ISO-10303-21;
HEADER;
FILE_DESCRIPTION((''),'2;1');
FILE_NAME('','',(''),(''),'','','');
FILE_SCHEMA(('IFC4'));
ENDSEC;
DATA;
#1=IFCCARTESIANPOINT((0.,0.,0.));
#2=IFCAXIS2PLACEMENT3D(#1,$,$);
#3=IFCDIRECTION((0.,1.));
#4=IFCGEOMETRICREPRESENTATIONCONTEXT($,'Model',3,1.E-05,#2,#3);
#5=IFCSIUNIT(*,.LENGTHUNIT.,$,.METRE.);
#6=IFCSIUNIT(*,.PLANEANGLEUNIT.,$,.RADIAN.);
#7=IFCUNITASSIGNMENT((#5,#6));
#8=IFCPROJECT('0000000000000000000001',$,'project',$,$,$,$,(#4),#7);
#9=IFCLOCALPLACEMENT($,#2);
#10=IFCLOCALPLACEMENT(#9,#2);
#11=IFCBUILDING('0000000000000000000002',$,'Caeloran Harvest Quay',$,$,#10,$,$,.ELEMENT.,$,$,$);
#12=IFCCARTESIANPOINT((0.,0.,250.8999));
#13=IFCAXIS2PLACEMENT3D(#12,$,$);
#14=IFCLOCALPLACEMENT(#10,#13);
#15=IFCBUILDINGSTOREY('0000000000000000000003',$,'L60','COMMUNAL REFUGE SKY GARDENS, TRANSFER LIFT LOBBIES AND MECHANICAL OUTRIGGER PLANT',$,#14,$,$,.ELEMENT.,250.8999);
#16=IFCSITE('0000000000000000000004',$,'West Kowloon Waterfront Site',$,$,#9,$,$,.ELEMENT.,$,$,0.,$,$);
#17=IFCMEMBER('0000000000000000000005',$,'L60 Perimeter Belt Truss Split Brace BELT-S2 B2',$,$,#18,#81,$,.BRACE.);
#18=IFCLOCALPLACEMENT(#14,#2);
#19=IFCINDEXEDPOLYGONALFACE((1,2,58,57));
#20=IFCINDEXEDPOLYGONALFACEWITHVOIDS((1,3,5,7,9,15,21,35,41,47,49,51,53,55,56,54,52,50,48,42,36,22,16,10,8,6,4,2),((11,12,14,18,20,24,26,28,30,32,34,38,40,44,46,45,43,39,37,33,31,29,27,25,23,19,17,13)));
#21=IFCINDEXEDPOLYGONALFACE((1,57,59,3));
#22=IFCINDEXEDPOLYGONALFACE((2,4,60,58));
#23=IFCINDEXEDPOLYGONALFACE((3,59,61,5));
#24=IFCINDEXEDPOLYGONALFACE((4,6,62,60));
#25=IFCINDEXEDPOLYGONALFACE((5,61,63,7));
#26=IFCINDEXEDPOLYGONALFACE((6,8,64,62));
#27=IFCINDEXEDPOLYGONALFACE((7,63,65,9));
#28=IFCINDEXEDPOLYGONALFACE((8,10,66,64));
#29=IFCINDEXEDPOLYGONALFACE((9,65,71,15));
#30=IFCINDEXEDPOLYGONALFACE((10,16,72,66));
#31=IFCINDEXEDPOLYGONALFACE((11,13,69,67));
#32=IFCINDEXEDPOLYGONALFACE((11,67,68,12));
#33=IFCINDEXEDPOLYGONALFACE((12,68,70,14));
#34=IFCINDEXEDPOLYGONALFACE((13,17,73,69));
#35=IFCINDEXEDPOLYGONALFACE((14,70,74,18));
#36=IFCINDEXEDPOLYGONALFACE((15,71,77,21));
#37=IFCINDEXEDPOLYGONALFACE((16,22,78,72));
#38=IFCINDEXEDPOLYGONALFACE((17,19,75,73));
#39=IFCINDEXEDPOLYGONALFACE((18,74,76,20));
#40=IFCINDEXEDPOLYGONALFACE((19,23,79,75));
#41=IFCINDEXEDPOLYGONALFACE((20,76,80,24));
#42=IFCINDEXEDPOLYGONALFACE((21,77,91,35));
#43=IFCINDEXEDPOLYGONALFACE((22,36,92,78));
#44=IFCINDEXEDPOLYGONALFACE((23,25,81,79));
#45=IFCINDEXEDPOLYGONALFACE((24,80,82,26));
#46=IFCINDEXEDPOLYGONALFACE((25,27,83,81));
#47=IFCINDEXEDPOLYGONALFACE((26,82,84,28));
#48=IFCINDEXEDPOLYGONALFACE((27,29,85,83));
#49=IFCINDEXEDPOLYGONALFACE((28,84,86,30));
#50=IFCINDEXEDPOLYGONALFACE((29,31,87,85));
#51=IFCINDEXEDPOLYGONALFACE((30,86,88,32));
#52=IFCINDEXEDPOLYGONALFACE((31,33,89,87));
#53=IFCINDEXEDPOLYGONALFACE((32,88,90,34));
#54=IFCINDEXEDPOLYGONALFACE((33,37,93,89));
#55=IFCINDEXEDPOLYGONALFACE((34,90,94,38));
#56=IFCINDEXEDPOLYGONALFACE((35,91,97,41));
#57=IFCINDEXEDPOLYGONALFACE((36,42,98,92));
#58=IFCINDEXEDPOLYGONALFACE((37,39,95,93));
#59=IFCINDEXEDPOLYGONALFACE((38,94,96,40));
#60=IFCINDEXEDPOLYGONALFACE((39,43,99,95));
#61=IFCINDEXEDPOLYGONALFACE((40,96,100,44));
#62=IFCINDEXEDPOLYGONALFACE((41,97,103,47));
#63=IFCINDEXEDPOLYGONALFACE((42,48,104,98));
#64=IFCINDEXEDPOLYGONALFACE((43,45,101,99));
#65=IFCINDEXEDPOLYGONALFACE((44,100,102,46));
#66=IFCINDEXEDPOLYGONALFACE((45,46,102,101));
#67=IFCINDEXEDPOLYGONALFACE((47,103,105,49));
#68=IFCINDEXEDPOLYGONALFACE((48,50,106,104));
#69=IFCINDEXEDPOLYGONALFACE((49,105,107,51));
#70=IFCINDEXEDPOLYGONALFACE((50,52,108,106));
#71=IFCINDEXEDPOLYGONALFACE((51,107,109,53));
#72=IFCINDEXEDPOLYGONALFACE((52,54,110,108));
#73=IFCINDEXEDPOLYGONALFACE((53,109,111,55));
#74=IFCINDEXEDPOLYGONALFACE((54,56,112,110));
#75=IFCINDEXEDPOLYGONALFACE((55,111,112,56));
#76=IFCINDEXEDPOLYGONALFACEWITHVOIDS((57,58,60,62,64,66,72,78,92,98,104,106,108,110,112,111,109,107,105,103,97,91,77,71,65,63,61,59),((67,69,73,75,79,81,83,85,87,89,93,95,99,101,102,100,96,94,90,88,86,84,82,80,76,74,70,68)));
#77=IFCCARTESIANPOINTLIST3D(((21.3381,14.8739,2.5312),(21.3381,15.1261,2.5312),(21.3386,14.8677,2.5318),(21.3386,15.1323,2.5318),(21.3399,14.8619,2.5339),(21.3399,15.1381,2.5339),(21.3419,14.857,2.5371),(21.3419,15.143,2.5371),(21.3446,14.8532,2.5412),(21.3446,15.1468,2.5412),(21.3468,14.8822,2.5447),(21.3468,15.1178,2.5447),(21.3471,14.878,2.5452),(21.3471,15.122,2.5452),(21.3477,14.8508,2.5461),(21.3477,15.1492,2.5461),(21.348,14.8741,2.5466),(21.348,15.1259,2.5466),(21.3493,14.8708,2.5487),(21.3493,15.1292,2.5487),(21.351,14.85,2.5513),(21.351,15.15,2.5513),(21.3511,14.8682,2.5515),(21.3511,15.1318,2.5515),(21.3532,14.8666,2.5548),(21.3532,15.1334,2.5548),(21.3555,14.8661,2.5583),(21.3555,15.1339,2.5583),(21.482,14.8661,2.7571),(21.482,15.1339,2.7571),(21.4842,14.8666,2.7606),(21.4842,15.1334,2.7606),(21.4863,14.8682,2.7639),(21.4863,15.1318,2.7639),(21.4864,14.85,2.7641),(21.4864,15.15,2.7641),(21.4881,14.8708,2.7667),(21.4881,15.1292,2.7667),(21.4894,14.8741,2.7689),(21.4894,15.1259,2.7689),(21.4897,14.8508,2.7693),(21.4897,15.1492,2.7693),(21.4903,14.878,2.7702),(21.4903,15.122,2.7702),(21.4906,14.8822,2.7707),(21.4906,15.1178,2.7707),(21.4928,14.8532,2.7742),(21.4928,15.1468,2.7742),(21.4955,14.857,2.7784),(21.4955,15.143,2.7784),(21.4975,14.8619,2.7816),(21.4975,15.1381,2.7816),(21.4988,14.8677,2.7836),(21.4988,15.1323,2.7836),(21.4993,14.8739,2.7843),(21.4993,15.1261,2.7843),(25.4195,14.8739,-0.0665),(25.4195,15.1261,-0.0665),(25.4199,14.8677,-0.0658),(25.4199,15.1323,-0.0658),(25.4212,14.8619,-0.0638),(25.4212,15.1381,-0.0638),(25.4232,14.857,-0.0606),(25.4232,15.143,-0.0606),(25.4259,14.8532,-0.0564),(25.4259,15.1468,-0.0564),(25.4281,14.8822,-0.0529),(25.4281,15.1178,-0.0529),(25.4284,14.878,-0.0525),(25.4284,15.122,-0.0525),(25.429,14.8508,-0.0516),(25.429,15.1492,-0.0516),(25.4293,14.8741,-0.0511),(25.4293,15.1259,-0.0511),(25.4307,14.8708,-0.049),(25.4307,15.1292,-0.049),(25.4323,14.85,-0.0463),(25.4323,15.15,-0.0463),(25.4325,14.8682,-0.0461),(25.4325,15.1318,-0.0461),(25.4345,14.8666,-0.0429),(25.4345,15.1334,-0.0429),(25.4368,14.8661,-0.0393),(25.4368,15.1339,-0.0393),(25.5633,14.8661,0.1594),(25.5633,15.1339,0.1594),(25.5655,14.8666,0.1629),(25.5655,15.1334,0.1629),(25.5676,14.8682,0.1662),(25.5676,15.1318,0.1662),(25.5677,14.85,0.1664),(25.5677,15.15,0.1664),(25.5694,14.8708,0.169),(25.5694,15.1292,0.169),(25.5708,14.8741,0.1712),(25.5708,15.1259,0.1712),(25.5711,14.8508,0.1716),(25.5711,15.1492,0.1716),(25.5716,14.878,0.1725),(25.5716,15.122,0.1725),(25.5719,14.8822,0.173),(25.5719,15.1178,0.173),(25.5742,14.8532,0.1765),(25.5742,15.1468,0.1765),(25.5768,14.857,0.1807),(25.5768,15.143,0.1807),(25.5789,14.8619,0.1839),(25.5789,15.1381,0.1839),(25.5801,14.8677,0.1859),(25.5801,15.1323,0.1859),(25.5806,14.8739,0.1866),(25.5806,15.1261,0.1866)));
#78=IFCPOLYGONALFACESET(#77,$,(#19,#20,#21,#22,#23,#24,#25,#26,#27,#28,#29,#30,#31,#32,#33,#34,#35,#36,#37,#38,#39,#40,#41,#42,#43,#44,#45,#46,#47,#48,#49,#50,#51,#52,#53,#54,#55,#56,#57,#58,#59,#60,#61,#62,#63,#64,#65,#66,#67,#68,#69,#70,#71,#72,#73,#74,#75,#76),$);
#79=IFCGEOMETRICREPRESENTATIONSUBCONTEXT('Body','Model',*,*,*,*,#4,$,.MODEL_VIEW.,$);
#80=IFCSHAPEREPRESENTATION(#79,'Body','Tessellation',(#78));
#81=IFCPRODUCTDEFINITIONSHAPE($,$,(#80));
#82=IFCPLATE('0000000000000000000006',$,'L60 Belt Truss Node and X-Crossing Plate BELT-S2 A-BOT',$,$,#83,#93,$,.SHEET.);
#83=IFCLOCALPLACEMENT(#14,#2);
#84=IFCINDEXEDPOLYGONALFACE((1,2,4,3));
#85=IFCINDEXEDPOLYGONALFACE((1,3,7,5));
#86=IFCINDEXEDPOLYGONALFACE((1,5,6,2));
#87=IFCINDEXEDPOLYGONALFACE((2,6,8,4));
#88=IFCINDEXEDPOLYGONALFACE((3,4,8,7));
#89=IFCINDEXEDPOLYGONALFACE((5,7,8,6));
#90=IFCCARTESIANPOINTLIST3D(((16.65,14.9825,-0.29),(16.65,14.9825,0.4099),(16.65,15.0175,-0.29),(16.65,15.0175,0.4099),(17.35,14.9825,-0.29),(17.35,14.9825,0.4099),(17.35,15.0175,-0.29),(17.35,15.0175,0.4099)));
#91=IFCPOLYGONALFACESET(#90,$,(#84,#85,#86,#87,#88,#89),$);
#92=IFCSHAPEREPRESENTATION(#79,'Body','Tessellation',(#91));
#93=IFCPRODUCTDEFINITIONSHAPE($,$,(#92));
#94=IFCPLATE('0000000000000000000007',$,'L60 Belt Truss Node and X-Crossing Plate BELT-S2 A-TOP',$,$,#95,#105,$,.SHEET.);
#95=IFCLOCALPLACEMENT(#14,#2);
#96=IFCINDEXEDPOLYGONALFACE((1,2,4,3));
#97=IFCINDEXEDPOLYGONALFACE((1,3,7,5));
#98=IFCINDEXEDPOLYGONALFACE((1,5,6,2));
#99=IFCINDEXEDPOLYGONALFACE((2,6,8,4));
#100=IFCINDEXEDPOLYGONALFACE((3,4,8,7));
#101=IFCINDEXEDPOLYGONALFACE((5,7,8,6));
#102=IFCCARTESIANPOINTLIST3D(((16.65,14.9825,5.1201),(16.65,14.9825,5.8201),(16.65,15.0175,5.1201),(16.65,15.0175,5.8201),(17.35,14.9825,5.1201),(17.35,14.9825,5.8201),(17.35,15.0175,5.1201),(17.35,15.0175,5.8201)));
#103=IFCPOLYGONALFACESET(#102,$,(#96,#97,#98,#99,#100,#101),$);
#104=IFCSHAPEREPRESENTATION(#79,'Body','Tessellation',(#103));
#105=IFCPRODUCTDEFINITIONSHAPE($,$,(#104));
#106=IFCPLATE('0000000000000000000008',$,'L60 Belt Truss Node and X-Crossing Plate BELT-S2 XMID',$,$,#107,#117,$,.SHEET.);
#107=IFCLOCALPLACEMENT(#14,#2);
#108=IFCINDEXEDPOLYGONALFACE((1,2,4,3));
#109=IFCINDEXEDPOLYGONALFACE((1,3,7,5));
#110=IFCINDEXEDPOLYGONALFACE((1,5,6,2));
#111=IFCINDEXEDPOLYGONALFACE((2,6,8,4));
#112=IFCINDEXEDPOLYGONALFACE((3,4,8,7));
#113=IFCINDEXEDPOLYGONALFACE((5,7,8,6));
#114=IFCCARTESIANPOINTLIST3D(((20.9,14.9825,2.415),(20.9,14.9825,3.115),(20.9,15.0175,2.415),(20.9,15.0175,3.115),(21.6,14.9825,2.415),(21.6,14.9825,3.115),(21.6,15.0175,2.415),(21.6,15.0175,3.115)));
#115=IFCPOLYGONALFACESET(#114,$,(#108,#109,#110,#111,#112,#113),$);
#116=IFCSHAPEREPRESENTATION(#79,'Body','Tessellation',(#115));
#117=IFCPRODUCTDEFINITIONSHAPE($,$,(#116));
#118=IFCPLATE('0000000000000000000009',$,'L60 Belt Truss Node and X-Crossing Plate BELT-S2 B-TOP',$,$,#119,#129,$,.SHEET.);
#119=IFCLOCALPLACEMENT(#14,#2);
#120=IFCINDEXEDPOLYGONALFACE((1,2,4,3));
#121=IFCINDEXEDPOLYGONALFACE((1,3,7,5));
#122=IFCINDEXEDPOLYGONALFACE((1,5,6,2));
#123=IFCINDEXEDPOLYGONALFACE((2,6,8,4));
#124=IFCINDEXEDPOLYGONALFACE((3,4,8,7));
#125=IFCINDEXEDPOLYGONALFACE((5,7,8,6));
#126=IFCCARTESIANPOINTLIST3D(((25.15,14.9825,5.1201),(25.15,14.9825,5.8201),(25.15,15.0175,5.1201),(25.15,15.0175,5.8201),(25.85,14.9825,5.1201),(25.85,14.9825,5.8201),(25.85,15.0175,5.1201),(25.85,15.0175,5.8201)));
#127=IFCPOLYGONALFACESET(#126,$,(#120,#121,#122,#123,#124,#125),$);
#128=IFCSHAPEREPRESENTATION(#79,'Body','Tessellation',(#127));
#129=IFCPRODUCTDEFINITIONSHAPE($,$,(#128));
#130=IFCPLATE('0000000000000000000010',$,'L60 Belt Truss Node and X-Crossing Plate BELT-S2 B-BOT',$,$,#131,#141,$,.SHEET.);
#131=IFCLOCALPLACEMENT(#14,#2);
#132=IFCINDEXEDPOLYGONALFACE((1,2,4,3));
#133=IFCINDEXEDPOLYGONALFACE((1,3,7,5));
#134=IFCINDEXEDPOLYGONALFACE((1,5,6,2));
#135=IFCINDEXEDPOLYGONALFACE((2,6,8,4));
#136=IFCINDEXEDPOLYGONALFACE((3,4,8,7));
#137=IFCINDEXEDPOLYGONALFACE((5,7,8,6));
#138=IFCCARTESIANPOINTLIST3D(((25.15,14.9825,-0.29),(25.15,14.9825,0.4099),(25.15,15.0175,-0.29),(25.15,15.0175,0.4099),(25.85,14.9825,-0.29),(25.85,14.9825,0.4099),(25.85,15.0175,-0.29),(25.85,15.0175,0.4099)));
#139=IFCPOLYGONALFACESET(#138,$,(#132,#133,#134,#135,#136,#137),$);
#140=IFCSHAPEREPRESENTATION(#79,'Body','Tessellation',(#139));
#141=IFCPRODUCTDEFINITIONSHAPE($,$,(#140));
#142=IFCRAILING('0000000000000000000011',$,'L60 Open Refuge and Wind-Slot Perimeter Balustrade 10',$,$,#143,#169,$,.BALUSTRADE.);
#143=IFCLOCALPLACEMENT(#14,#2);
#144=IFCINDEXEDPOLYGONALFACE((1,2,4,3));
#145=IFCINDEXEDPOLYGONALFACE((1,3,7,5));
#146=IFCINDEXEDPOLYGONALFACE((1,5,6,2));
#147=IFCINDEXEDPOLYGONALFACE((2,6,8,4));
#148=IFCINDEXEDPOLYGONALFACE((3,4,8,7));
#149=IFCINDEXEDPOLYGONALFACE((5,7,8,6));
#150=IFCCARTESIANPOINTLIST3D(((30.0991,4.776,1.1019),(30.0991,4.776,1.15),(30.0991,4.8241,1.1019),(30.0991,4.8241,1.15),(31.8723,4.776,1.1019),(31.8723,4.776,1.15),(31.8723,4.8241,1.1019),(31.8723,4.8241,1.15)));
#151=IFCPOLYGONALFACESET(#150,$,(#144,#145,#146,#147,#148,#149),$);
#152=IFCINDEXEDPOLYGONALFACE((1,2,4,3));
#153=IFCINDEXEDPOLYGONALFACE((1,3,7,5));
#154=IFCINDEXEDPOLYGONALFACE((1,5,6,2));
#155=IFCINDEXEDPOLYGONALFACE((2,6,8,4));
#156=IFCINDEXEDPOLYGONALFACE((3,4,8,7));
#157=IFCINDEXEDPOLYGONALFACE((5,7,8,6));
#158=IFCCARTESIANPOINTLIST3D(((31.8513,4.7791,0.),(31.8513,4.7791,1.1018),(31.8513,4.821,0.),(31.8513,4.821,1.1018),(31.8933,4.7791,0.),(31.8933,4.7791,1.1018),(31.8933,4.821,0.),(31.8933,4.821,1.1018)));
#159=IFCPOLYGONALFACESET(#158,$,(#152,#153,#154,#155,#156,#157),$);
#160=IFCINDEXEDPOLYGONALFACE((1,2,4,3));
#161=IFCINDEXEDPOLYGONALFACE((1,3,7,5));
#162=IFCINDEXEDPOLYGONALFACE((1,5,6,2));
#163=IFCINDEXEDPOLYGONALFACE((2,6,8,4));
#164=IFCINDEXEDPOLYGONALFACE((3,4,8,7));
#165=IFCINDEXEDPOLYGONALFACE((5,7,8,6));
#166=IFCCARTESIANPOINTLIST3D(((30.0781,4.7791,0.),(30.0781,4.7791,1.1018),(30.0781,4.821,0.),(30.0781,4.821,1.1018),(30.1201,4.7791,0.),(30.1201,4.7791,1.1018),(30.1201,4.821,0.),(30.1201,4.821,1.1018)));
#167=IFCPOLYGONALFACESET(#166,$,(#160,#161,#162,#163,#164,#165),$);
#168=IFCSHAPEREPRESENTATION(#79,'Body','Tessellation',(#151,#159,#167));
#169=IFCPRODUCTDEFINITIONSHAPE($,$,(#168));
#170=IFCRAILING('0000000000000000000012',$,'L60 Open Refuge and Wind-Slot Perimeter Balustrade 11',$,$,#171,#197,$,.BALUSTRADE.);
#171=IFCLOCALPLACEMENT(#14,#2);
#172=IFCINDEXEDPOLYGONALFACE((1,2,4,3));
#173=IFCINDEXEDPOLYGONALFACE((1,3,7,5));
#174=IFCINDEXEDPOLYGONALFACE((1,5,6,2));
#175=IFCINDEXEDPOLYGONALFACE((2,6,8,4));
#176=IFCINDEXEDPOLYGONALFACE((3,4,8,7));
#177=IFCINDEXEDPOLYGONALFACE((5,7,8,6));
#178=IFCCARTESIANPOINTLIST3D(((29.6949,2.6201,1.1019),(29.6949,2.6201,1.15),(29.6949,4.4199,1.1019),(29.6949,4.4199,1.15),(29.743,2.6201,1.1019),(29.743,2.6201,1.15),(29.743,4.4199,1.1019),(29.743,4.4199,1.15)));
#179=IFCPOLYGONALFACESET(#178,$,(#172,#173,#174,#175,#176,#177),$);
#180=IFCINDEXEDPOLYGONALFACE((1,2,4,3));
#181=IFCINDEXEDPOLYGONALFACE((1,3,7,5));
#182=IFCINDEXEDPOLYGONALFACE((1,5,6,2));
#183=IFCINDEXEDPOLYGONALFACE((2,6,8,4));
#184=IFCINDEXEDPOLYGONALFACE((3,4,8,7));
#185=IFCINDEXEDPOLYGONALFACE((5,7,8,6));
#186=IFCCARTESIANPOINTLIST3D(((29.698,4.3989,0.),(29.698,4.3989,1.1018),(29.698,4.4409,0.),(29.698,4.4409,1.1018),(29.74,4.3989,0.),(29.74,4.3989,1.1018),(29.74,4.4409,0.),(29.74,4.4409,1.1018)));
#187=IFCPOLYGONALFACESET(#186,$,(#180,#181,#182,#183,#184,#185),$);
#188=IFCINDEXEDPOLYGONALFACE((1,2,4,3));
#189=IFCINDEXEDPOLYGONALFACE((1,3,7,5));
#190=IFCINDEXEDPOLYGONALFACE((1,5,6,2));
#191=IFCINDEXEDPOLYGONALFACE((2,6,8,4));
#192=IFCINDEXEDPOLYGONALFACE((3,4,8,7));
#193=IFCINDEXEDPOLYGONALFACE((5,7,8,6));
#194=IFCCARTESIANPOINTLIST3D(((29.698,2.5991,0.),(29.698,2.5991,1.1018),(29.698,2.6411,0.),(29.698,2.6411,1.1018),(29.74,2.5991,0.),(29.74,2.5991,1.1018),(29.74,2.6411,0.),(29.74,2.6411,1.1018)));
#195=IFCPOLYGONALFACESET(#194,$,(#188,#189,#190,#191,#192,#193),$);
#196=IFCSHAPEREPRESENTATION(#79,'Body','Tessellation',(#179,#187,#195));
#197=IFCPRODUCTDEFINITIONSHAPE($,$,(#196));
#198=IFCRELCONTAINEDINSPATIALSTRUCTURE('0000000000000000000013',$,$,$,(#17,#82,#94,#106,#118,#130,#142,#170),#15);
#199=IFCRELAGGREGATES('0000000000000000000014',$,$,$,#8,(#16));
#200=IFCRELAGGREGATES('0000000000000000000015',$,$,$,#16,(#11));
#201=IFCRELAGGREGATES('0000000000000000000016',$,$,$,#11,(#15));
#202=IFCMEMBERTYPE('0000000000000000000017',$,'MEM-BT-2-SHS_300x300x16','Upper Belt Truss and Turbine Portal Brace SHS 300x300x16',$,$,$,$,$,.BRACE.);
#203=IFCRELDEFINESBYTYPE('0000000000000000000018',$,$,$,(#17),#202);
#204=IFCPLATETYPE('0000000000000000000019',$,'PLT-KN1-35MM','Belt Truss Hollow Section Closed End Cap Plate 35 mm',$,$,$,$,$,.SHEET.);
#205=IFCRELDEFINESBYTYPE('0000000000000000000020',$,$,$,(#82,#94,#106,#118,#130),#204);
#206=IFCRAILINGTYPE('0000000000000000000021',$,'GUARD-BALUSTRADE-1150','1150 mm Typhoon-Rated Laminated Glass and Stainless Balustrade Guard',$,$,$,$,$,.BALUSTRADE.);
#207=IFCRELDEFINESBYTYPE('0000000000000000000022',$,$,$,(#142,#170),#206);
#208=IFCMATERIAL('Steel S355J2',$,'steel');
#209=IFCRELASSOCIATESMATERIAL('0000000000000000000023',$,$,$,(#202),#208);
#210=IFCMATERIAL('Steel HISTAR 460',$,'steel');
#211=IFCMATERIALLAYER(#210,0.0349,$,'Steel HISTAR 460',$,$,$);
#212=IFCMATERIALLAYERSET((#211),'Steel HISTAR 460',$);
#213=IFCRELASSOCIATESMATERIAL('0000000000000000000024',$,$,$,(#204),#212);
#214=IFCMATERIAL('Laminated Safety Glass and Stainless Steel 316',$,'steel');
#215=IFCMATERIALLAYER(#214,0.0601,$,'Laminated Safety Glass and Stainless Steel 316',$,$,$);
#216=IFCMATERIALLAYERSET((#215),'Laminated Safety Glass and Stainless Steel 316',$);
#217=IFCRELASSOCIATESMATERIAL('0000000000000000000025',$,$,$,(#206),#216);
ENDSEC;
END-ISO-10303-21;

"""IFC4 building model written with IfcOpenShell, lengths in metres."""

from ifc_helpers import new_model, si_unit, direction, frame, origin, origin_2d, place, context, subcontext, project, spatial, rectangle, hollow_rectangle, extrude, material, layer, layer_set, material_profile, profile_set, type_object, element, save


model = new_model("IFC4")

# Units and contexts
model_context = context("Model", 3, precision=1e-05, world=origin(), true_north=direction((0.0, 1.0)))
body_context = subcontext(model_context, "Body", "Model", "MODEL_VIEW")
ifc_project = project(units=[si_unit("LENGTHUNIT", "METRE"), si_unit("PLANEANGLEUNIT", "RADIAN")], contexts=[model_context])

# Site, building, storey
site_placement = place(None, origin())
site = spatial("IfcSite", under=ifc_project, at=site_placement, Name="West Kowloon Waterfront Site", CompositionType="ELEMENT", RefElevation=0.0)
building_placement = place(site_placement, origin())
building = spatial("IfcBuilding", under=site, at=building_placement, Name="Caeloran Harvest Quay", CompositionType="ELEMENT")
storey_placement = place(building_placement, frame((0.0, 0.0, 250.8999)))
storey = spatial("IfcBuildingStorey", under=building, at=storey_placement, Name="L60", Description="COMMUNAL REFUGE SKY GARDENS, TRANSFER LIFT LOBBIES AND MECHANICAL OUTRIGGER PLANT", CompositionType="ELEMENT", Elevation=250.8999)

# Shared definitions
ifc_material_1 = material(Name="Steel HISTAR 460", Category="steel")

# Shared definitions
ifc_material_2 = material(Name="Steel S355J2", Category="steel")

# Member
ifc_material_profile_1 = material_profile(ifc_material_2, hollow_rectangle(XDim=0.3, YDim=0.3, WallThickness=0.0161, InnerFilletRadius=0.0161, OuterFilletRadius=0.0239, at=origin_2d()), Name="SHS 300x300x16")
ifc_profile_set_1 = profile_set([ifc_material_profile_1], Name="Steel S355J2")
member_type = type_object("IfcMemberType", Name="MEM-BT-2-SHS_300x300x16", Description="Upper Belt Truss and Turbine Portal Brace SHS 300x300x16", PredefinedType="BRACE", material=ifc_profile_set_1)
member_placement = place(storey_placement, frame((21.4187, 15.0, 2.6577), z_axis=(0.843618, 0.0, -0.536944), x_axis=(0.0, 1.0, 0.0)))
element("IfcMember", 1, at=member_placement, inside=storey, type_object=member_type, Name="L60 Perimeter Belt Truss Split Brace BELT-S2 B2", PredefinedType="BRACE", context=body_context, shape_type="SweptSolid", body=[
    extrude(hollow_rectangle(XDim=0.3, YDim=0.3, WallThickness=0.0161, InnerFilletRadius=0.0161, OuterFilletRadius=0.0239, at=origin_2d()), origin(), (0.0, 0.0, 1.0), 4.8379),
])

# Plates
ifc_layer_1 = layer(ifc_material_1, 0.0349, Name="Steel HISTAR 460")
ifc_layer_set_1 = layer_set([ifc_layer_1], Name="Steel HISTAR 460")
plate_type = type_object("IfcPlateType", Name="PLT-KN1-35MM", Description="Belt Truss Hollow Section Closed End Cap Plate 35 mm", PredefinedType="SHEET", material=ifc_layer_set_1)
for number, where, z_axis, x_axis, name in (
    (2, (17.0, 15.0, -0.29), (0.0, 0.0, 1.0), (1.0, 0.0, 0.0), "L60 Belt Truss Node and X-Crossing Plate BELT-S2 A-BOT"),
    (3, (17.0, 15.0, 5.1201), (0.0, 0.0, 1.0), (1.0, 0.0, 0.0), "L60 Belt Truss Node and X-Crossing Plate BELT-S2 A-TOP"),
    (4, (21.25, 15.0, 2.415), (0.0, 0.0, 1.0), (1.0, 0.0, 0.0), "L60 Belt Truss Node and X-Crossing Plate BELT-S2 XMID"),
    (5, (25.5, 15.0, 5.1201), (0.0, 0.0, 1.0), (1.0, 0.0, 0.0), "L60 Belt Truss Node and X-Crossing Plate BELT-S2 B-TOP"),
    (6, (25.5, 15.0, -0.29), (0.0, 0.0, 1.0), (1.0, 0.0, 0.0), "L60 Belt Truss Node and X-Crossing Plate BELT-S2 B-BOT"),
):
    element("IfcPlate", number, at=place(storey_placement, frame(where, z_axis=z_axis, x_axis=x_axis)), inside=storey, type_object=plate_type, Name=name, PredefinedType="SHEET", context=body_context, shape_type="SweptSolid", body=[
        extrude(rectangle(XDim=0.7, YDim=0.0349, at=origin_2d()), origin(), (0.0, 0.0, 1.0), 0.7),
    ])

# Railings
ifc_material_3 = material(Name="Laminated Safety Glass and Stainless Steel 316", Category="steel")
ifc_layer_2 = layer(ifc_material_3, 0.0601, Name="Laminated Safety Glass and Stainless Steel 316")
ifc_layer_set_2 = layer_set([ifc_layer_2], Name="Laminated Safety Glass and Stainless Steel 316")
railing_type = type_object("IfcRailingType", Name="GUARD-BALUSTRADE-1150", Description="1150 mm Typhoon-Rated Laminated Glass and Stainless Balustrade Guard", PredefinedType="BALUSTRADE", material=ifc_layer_set_2)
railing_1_placement = place(storey_placement, frame((31.8723, 4.8, 0.0)))
element("IfcRailing", 7, at=railing_1_placement, inside=storey, type_object=railing_type, Name="L60 Open Refuge and Wind-Slot Perimeter Balustrade 10", PredefinedType="BALUSTRADE", context=body_context, shape_type="SweptSolid", body=[
    extrude(rectangle(XDim=0.0481, YDim=0.0481, at=origin_2d()), frame((0.0, 0.0, 1.126), z_axis=(-1.0, 0.0, 0.0), x_axis=(0.0, -1.0, 0.0)), (0.0, 0.0, 1.0), 1.7732),
    extrude(rectangle(XDim=0.042, YDim=0.042, at=origin_2d()), origin(), (0.0, 0.0, 1.0), 1.1018),
    extrude(rectangle(XDim=0.042, YDim=0.042, at=origin_2d()), frame((-1.7732, 0.0, 0.0)), (0.0, 0.0, 1.0), 1.1018),
])
railing_2_placement = place(storey_placement, frame((29.719, 4.4199, 0.0)))
element("IfcRailing", 8, at=railing_2_placement, inside=storey, type_object=railing_type, Name="L60 Open Refuge and Wind-Slot Perimeter Balustrade 11", PredefinedType="BALUSTRADE", context=body_context, shape_type="SweptSolid", body=[
    extrude(rectangle(XDim=0.0481, YDim=0.0481, at=origin_2d()), frame((0.0, 0.0, 1.126), z_axis=(0.0, -1.0, 0.0), x_axis=(1.0, 0.0, 0.0)), (0.0, 0.0, 1.0), 1.7998),
    extrude(rectangle(XDim=0.042, YDim=0.042, at=origin_2d()), origin(), (0.0, 0.0, 1.0), 1.1018),
    extrude(rectangle(XDim=0.042, YDim=0.042, at=origin_2d()), frame((0.0, -1.7998, 0.0)), (0.0, 0.0, 1.0), 1.1018),
])

save(model, "model.ifc")
